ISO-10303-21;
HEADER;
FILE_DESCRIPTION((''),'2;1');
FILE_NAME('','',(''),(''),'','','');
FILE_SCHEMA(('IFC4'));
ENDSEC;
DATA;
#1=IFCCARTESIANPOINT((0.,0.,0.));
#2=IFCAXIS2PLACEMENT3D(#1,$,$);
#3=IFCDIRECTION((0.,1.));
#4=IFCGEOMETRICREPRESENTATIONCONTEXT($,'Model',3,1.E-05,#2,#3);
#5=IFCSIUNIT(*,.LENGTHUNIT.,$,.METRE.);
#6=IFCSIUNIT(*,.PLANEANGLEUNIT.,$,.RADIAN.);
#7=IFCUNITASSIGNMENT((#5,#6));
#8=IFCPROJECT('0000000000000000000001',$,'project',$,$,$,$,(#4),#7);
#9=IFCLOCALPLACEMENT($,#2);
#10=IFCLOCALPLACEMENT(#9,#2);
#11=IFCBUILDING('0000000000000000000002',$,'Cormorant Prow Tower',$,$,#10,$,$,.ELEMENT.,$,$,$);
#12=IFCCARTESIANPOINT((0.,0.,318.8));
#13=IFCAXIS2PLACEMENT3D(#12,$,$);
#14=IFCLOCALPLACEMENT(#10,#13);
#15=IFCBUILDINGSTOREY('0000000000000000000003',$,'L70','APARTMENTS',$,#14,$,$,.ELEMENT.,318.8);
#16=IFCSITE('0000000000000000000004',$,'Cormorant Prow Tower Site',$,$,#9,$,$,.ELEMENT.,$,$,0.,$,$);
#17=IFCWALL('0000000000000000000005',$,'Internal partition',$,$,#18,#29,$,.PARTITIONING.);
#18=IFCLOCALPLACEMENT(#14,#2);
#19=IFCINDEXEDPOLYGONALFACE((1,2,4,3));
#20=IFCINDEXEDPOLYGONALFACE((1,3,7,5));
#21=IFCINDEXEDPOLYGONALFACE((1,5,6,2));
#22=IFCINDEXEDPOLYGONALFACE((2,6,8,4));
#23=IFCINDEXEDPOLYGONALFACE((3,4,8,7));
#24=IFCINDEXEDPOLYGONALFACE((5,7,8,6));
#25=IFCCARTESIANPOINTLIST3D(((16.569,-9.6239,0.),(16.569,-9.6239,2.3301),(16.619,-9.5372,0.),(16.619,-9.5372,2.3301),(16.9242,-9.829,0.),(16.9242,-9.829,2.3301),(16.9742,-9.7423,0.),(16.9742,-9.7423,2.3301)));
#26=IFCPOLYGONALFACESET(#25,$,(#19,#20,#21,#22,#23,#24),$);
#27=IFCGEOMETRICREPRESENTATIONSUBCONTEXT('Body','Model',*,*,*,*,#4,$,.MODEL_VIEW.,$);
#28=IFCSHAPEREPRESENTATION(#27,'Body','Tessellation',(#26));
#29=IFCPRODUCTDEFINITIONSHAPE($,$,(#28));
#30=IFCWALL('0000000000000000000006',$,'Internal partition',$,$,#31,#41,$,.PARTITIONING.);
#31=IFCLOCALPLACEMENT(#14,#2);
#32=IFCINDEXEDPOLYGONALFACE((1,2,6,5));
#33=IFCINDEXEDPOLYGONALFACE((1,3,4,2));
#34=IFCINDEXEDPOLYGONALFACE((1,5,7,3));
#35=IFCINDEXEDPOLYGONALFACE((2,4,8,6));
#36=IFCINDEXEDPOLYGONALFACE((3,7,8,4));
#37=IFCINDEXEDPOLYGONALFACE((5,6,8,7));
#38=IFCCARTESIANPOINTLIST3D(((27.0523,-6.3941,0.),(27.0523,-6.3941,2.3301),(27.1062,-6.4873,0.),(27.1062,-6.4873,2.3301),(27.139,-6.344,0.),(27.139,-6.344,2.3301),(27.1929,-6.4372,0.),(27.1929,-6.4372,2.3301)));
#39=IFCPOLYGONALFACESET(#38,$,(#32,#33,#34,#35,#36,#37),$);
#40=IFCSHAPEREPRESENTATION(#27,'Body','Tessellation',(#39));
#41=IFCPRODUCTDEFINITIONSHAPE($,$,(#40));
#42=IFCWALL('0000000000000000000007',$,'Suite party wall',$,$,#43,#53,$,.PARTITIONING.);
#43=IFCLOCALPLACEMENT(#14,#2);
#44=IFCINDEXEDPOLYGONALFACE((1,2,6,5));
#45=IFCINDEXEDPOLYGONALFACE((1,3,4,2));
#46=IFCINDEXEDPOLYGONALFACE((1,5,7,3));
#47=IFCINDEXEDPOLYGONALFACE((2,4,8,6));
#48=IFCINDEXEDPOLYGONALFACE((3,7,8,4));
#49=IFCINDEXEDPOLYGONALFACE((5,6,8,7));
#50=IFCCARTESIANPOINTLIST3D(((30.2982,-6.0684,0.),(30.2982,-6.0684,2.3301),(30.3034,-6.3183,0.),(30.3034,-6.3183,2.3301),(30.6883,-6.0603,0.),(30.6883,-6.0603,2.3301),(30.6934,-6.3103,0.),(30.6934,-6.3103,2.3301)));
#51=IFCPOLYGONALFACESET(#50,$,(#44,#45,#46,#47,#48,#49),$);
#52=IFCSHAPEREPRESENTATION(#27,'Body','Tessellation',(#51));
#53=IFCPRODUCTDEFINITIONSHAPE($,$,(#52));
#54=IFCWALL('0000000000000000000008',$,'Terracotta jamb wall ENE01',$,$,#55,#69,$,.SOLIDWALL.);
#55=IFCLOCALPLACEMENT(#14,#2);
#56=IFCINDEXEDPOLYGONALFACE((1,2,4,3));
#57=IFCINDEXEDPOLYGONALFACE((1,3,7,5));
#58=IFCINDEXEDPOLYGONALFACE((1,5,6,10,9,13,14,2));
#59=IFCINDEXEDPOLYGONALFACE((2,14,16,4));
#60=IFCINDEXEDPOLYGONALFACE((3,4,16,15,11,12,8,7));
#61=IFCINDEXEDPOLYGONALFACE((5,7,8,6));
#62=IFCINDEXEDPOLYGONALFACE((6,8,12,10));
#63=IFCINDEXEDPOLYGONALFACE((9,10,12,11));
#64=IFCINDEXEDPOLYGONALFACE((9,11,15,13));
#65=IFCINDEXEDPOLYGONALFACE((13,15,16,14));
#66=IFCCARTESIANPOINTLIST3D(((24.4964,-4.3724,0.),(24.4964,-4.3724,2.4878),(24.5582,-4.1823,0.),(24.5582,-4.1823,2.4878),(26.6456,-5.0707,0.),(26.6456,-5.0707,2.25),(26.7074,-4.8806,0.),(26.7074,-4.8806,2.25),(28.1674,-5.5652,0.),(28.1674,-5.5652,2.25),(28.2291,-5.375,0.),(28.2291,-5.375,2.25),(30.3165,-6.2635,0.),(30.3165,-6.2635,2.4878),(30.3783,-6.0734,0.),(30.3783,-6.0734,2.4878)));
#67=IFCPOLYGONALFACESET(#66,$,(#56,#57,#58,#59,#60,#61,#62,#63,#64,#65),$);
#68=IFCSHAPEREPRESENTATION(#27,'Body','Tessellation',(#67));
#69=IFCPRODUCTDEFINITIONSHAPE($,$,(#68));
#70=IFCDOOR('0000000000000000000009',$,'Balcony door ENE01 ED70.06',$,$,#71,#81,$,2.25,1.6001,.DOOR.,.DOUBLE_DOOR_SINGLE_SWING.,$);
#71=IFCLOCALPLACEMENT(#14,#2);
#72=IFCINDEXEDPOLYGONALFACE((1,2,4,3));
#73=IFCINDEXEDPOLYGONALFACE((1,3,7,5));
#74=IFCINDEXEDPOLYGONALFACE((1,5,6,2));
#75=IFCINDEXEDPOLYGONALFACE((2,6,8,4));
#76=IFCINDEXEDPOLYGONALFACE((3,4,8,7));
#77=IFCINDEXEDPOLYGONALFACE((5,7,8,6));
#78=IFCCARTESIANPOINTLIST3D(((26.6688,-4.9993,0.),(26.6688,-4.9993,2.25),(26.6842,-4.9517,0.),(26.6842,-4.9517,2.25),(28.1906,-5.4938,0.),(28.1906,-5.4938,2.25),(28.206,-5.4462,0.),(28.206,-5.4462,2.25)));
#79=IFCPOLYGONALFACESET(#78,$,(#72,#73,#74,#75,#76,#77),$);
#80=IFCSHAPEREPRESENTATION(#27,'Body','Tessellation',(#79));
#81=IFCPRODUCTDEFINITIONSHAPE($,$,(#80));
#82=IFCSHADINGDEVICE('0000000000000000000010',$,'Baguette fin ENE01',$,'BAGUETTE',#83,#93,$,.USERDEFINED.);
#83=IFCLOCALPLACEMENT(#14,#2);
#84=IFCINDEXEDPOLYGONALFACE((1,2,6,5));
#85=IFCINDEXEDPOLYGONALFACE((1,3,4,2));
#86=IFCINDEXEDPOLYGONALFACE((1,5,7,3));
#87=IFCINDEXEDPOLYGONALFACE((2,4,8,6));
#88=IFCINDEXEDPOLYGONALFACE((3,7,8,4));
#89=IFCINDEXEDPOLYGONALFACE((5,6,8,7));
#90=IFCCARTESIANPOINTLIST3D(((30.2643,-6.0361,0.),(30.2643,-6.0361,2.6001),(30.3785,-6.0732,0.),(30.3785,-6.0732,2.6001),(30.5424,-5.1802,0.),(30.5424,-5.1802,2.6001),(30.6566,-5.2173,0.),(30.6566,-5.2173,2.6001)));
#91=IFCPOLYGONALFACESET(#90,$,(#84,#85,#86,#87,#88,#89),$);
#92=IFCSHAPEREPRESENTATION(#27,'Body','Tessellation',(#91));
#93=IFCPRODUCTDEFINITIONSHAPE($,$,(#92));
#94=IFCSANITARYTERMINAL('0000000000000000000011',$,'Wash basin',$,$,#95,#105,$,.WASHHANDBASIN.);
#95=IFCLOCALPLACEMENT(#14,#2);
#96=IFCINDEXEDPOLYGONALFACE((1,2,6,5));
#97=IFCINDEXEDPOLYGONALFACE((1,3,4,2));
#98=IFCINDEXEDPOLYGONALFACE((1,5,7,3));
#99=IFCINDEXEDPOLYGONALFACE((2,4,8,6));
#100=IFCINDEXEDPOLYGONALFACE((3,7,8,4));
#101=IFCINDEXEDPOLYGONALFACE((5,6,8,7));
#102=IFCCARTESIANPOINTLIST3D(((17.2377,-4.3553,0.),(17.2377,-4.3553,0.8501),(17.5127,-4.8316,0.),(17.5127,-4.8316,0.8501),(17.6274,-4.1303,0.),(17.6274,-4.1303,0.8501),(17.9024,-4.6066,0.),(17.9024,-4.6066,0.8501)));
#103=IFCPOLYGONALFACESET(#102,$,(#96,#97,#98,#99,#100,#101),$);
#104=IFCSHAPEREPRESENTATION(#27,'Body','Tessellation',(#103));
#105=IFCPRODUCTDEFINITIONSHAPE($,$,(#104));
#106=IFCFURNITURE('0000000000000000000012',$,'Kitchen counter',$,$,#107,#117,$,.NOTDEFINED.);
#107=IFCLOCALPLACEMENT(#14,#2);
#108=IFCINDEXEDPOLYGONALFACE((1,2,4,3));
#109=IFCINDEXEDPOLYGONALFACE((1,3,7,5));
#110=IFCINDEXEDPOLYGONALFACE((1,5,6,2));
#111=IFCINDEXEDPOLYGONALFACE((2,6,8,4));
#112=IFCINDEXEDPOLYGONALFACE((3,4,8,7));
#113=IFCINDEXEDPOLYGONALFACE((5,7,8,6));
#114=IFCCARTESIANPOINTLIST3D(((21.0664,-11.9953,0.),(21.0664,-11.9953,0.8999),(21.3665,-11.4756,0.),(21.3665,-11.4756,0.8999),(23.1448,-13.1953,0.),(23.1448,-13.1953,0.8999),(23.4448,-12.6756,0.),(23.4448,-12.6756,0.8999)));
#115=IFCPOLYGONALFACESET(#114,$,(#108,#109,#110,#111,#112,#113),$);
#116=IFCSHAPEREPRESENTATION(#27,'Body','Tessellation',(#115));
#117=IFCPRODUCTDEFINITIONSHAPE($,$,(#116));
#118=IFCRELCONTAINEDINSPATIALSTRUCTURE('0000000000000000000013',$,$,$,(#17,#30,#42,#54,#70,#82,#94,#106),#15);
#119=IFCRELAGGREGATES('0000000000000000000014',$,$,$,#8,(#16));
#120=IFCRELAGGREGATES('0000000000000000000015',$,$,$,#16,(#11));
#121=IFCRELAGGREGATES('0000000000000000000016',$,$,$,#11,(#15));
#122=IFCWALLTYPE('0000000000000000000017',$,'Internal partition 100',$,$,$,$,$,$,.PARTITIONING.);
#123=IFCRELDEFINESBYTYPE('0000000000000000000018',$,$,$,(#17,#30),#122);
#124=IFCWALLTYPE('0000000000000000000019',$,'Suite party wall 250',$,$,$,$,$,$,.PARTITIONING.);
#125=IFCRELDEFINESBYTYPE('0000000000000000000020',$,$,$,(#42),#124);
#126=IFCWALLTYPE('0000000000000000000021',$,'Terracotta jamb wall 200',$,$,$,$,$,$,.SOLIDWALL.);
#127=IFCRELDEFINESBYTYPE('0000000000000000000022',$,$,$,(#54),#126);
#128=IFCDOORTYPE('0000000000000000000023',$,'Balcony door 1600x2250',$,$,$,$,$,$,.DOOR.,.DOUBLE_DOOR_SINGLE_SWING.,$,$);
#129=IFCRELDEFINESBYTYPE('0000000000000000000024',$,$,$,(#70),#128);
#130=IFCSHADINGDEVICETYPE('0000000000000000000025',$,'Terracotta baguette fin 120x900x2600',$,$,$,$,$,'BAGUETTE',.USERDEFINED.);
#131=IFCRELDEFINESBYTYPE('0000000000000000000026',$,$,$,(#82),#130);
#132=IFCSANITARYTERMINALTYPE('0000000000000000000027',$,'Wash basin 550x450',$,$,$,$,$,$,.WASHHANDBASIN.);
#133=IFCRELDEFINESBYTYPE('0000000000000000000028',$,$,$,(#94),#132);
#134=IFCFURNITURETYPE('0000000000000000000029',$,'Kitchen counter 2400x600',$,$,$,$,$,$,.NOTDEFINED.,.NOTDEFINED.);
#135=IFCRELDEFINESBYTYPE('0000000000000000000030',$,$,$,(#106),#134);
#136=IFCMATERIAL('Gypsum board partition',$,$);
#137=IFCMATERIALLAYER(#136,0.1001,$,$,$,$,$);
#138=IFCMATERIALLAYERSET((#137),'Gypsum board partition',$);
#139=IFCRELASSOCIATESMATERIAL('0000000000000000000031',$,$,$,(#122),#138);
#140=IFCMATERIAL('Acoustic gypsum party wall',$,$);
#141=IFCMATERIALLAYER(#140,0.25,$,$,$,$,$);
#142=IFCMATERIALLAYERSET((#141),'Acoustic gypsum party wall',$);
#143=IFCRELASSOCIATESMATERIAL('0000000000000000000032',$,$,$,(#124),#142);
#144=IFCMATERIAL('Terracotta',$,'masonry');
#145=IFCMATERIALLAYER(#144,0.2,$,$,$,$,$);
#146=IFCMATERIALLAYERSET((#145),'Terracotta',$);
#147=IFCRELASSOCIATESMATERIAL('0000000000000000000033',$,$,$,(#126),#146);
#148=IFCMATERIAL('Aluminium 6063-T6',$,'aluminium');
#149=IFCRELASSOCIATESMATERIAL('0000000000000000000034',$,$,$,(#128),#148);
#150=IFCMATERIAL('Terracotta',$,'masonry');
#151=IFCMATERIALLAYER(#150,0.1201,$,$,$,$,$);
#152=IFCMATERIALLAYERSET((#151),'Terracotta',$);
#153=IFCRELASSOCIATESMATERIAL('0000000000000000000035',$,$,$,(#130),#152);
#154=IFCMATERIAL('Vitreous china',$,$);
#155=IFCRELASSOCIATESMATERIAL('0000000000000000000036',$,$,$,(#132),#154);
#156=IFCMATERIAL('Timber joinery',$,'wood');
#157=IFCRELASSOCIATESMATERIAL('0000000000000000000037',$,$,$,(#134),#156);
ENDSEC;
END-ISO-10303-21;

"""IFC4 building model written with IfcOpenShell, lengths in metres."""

from ifc_helpers import new_model, si_unit, direction, frame, frame_2d, origin, origin_2d, place, context, subcontext, project, spatial, rectangle, extrude, material, layer, layer_set, type_object, element, fill, save


model = new_model("IFC4")

# Units and contexts
model_context = context("Model", 3, precision=1e-05, world=origin(), true_north=direction((0.0, 1.0)))
body_context = subcontext(model_context, "Body", "Model", "MODEL_VIEW")
ifc_project = project(units=[si_unit("LENGTHUNIT", "METRE"), si_unit("PLANEANGLEUNIT", "RADIAN")], contexts=[model_context])

# Site, building, storey
site_placement = place(None, origin())
site = spatial("IfcSite", under=ifc_project, at=site_placement, Name="Cormorant Prow Tower Site", CompositionType="ELEMENT", RefElevation=0.0)
building_placement = place(site_placement, origin())
building = spatial("IfcBuilding", under=site, at=building_placement, Name="Cormorant Prow Tower", CompositionType="ELEMENT")
storey_placement = place(building_placement, frame((0.0, 0.0, 318.8)))
storey = spatial("IfcBuildingStorey", under=building, at=storey_placement, Name="L70", Description="APARTMENTS", CompositionType="ELEMENT", Elevation=318.8)

# Shared definitions
ifc_material_1 = material(Name="Gypsum board partition")
ifc_layer_1 = layer(ifc_material_1, 0.1001)
ifc_layer_set_1 = layer_set([ifc_layer_1], Name="Gypsum board partition")
wall_type_1 = type_object("IfcWallType", Name="Internal partition 100", PredefinedType="PARTITIONING", material=ifc_layer_set_1)

# Walls
wall_1_placement = place(storey_placement, frame((16.594, -9.5806, 0.0), z_axis=(0.0, 0.0, 1.0), x_axis=(0.866037, -0.49998, 0.0)))
element("IfcWall", 1, at=wall_1_placement, inside=storey, type_object=wall_type_1, Name="Internal partition", PredefinedType="PARTITIONING", context=body_context, shape_type="SweptSolid", body=[
    extrude(rectangle(XDim=0.4102, YDim=0.1001, at=frame_2d((0.2051, 0.0))), origin(), (0.0, 0.0, 1.0), 2.3301),
])
wall_2_placement = place(storey_placement, frame((27.0957, -6.3691, 0.0), z_axis=(0.0, 0.0, 1.0), x_axis=(0.500768, -0.865581, 0.0)))
element("IfcWall", 2, at=wall_2_placement, inside=storey, type_object=wall_type_1, Name="Internal partition", PredefinedType="PARTITIONING", context=body_context, shape_type="SweptSolid", body=[
    extrude(rectangle(XDim=0.1077, YDim=0.1001, at=frame_2d((0.0537, 0.0))), origin(), (0.0, 0.0, 1.0), 2.3301),
])
ifc_material_2 = material(Name="Acoustic gypsum party wall")
ifc_layer_2 = layer(ifc_material_2, 0.25)
ifc_layer_set_2 = layer_set([ifc_layer_2], Name="Acoustic gypsum party wall")
wall_type_2 = type_object("IfcWallType", Name="Suite party wall 250", PredefinedType="PARTITIONING", material=ifc_layer_set_2)
wall_3_placement = place(storey_placement, frame((30.3008, -6.1934, 0.0), z_axis=(0.0, 0.0, 1.0), x_axis=(0.999787, 0.020646, 0.0)))
element("IfcWall", 3, at=wall_3_placement, inside=storey, type_object=wall_type_2, Name="Suite party wall", PredefinedType="PARTITIONING", context=body_context, shape_type="SweptSolid", body=[
    extrude(rectangle(XDim=0.3901, YDim=0.25, at=frame_2d((0.1951, 0.0))), origin(), (0.0, 0.0, 1.0), 2.3301),
])

# Wall, opening, door
ifc_material_3 = material(Name="Terracotta", Category="masonry")
ifc_layer_3 = layer(ifc_material_3, 0.2)
ifc_layer_set_3 = layer_set([ifc_layer_3], Name="Terracotta")
wall_type_3 = type_object("IfcWallType", Name="Terracotta jamb wall 200", PredefinedType="SOLIDWALL", material=ifc_layer_set_3)
wall_4_placement = place(storey_placement, frame((30.3474, -6.1685, 0.0), z_axis=(0.0, 0.0, 1.0), x_axis=(-0.951054, 0.309026, 0.0)))
wall_4 = element("IfcWall", 4, at=wall_4_placement, inside=storey, type_object=wall_type_3, Name="Terracotta jamb wall ENE01", PredefinedType="SOLIDWALL", context=body_context, shape_type="SweptSolid", body=[
    extrude(rectangle(XDim=6.1196, YDim=0.2, at=frame_2d((3.0598, 0.0))), origin(), (0.0, 0.0, 1.0), 2.4878),
])
opening_1_placement = place(wall_4_placement, frame((2.2598, 0.0, 0.0)))
opening_1 = element("IfcOpeningElement", 5, at=opening_1_placement, cuts=wall_4, PredefinedType="OPENING", context=body_context, shape_type="SweptSolid", body=[
    extrude(rectangle(XDim=1.6001, YDim=2.25, at=frame_2d((0.8, 1.125))), frame((0.0, 0.1099, 0.0), z_axis=(0.0, -1.0, 0.0), x_axis=(1.0, 0.0, 0.0)), (0.0, 0.0, 1.0), 0.22),
])
ifc_material_4 = material(Name="Aluminium 6063-T6", Category="aluminium")
door_type_1 = type_object("IfcDoorType", Name="Balcony door 1600x2250", OperationType="DOUBLE_DOOR_SINGLE_SWING", PredefinedType="DOOR", material=ifc_material_4)
door_1_placement = place(opening_1_placement, origin())
door_1 = element("IfcDoor", 6, at=door_1_placement, inside=storey, type_object=door_type_1, Name="Balcony door ENE01 ED70.06", OperationType="DOUBLE_DOOR_SINGLE_SWING", OverallHeight=2.25, OverallWidth=1.6001, PredefinedType="DOOR", context=body_context, shape_type="SweptSolid", body=[
    extrude(rectangle(XDim=1.6001, YDim=2.25, at=frame_2d((0.8, 1.125))), frame((0.0, 0.0249, 0.0), z_axis=(0.0, -1.0, 0.0), x_axis=(1.0, 0.0, 0.0)), (0.0, 0.0, 1.0), 0.05),
])
fill(opening_1, door_1)

# Shading device
ifc_material_5 = material(Name="Terracotta", Category="masonry")
ifc_layer_4 = layer(ifc_material_5, 0.1201)
ifc_layer_set_4 = layer_set([ifc_layer_4], Name="Terracotta")
shading_device_type = type_object("IfcShadingDeviceType", Name="Terracotta baguette fin 120x900x2600", ElementType="BAGUETTE", PredefinedType="USERDEFINED", material=ifc_layer_set_4)
shading_device_placement = place(storey_placement, frame((30.4604, -5.6267, 0.0), z_axis=(0.0, 0.0, 1.0), x_axis=(-0.951057, 0.309017, 0.0)))
element("IfcShadingDevice", 7, at=shading_device_placement, inside=storey, type_object=shading_device_type, Name="Baguette fin ENE01", ObjectType="BAGUETTE", PredefinedType="USERDEFINED", context=body_context, shape_type="SweptSolid", body=[
    extrude(rectangle(XDim=0.1201, YDim=0.8999, at=origin_2d()), origin(), (0.0, 0.0, 1.0), 2.6001),
])

# Sanitary terminal
ifc_material_6 = material(Name="Vitreous china")
sanitary_terminal_type = type_object("IfcSanitaryTerminalType", Name="Wash basin 550x450", PredefinedType="WASHHANDBASIN", material=ifc_material_6)
sanitary_terminal_placement = place(storey_placement, frame((17.5701, -4.481, 0.0), z_axis=(0.0, 0.0, 1.0), x_axis=(-0.5, 0.866025, 0.0)))
element("IfcSanitaryTerminal", 8, at=sanitary_terminal_placement, inside=storey, type_object=sanitary_terminal_type, Name="Wash basin", PredefinedType="WASHHANDBASIN", context=body_context, shape_type="SweptSolid", body=[
    extrude(rectangle(XDim=0.55, YDim=0.45, at=origin_2d()), origin(), (0.0, 0.0, 1.0), 0.8501),
])

# Furniture
ifc_material_7 = material(Name="Timber joinery", Category="wood")
furniture_type = type_object("IfcFurnitureType", Name="Kitchen counter 2400x600", AssemblyPlace="NOTDEFINED", PredefinedType="NOTDEFINED", material=ifc_material_7)
furniture_placement = place(storey_placement, frame((22.2556, -12.3354, 0.0), z_axis=(0.0, 0.0, 1.0), x_axis=(-0.866025, 0.5, 0.0)))
element("IfcFurniture", 9, at=furniture_placement, inside=storey, type_object=furniture_type, Name="Kitchen counter", PredefinedType="NOTDEFINED", context=body_context, shape_type="SweptSolid", body=[
    extrude(rectangle(XDim=2.3999, YDim=0.6001, at=origin_2d()), origin(), (0.0, 0.0, 1.0), 0.8999),
])

save(model, "model.ifc")
